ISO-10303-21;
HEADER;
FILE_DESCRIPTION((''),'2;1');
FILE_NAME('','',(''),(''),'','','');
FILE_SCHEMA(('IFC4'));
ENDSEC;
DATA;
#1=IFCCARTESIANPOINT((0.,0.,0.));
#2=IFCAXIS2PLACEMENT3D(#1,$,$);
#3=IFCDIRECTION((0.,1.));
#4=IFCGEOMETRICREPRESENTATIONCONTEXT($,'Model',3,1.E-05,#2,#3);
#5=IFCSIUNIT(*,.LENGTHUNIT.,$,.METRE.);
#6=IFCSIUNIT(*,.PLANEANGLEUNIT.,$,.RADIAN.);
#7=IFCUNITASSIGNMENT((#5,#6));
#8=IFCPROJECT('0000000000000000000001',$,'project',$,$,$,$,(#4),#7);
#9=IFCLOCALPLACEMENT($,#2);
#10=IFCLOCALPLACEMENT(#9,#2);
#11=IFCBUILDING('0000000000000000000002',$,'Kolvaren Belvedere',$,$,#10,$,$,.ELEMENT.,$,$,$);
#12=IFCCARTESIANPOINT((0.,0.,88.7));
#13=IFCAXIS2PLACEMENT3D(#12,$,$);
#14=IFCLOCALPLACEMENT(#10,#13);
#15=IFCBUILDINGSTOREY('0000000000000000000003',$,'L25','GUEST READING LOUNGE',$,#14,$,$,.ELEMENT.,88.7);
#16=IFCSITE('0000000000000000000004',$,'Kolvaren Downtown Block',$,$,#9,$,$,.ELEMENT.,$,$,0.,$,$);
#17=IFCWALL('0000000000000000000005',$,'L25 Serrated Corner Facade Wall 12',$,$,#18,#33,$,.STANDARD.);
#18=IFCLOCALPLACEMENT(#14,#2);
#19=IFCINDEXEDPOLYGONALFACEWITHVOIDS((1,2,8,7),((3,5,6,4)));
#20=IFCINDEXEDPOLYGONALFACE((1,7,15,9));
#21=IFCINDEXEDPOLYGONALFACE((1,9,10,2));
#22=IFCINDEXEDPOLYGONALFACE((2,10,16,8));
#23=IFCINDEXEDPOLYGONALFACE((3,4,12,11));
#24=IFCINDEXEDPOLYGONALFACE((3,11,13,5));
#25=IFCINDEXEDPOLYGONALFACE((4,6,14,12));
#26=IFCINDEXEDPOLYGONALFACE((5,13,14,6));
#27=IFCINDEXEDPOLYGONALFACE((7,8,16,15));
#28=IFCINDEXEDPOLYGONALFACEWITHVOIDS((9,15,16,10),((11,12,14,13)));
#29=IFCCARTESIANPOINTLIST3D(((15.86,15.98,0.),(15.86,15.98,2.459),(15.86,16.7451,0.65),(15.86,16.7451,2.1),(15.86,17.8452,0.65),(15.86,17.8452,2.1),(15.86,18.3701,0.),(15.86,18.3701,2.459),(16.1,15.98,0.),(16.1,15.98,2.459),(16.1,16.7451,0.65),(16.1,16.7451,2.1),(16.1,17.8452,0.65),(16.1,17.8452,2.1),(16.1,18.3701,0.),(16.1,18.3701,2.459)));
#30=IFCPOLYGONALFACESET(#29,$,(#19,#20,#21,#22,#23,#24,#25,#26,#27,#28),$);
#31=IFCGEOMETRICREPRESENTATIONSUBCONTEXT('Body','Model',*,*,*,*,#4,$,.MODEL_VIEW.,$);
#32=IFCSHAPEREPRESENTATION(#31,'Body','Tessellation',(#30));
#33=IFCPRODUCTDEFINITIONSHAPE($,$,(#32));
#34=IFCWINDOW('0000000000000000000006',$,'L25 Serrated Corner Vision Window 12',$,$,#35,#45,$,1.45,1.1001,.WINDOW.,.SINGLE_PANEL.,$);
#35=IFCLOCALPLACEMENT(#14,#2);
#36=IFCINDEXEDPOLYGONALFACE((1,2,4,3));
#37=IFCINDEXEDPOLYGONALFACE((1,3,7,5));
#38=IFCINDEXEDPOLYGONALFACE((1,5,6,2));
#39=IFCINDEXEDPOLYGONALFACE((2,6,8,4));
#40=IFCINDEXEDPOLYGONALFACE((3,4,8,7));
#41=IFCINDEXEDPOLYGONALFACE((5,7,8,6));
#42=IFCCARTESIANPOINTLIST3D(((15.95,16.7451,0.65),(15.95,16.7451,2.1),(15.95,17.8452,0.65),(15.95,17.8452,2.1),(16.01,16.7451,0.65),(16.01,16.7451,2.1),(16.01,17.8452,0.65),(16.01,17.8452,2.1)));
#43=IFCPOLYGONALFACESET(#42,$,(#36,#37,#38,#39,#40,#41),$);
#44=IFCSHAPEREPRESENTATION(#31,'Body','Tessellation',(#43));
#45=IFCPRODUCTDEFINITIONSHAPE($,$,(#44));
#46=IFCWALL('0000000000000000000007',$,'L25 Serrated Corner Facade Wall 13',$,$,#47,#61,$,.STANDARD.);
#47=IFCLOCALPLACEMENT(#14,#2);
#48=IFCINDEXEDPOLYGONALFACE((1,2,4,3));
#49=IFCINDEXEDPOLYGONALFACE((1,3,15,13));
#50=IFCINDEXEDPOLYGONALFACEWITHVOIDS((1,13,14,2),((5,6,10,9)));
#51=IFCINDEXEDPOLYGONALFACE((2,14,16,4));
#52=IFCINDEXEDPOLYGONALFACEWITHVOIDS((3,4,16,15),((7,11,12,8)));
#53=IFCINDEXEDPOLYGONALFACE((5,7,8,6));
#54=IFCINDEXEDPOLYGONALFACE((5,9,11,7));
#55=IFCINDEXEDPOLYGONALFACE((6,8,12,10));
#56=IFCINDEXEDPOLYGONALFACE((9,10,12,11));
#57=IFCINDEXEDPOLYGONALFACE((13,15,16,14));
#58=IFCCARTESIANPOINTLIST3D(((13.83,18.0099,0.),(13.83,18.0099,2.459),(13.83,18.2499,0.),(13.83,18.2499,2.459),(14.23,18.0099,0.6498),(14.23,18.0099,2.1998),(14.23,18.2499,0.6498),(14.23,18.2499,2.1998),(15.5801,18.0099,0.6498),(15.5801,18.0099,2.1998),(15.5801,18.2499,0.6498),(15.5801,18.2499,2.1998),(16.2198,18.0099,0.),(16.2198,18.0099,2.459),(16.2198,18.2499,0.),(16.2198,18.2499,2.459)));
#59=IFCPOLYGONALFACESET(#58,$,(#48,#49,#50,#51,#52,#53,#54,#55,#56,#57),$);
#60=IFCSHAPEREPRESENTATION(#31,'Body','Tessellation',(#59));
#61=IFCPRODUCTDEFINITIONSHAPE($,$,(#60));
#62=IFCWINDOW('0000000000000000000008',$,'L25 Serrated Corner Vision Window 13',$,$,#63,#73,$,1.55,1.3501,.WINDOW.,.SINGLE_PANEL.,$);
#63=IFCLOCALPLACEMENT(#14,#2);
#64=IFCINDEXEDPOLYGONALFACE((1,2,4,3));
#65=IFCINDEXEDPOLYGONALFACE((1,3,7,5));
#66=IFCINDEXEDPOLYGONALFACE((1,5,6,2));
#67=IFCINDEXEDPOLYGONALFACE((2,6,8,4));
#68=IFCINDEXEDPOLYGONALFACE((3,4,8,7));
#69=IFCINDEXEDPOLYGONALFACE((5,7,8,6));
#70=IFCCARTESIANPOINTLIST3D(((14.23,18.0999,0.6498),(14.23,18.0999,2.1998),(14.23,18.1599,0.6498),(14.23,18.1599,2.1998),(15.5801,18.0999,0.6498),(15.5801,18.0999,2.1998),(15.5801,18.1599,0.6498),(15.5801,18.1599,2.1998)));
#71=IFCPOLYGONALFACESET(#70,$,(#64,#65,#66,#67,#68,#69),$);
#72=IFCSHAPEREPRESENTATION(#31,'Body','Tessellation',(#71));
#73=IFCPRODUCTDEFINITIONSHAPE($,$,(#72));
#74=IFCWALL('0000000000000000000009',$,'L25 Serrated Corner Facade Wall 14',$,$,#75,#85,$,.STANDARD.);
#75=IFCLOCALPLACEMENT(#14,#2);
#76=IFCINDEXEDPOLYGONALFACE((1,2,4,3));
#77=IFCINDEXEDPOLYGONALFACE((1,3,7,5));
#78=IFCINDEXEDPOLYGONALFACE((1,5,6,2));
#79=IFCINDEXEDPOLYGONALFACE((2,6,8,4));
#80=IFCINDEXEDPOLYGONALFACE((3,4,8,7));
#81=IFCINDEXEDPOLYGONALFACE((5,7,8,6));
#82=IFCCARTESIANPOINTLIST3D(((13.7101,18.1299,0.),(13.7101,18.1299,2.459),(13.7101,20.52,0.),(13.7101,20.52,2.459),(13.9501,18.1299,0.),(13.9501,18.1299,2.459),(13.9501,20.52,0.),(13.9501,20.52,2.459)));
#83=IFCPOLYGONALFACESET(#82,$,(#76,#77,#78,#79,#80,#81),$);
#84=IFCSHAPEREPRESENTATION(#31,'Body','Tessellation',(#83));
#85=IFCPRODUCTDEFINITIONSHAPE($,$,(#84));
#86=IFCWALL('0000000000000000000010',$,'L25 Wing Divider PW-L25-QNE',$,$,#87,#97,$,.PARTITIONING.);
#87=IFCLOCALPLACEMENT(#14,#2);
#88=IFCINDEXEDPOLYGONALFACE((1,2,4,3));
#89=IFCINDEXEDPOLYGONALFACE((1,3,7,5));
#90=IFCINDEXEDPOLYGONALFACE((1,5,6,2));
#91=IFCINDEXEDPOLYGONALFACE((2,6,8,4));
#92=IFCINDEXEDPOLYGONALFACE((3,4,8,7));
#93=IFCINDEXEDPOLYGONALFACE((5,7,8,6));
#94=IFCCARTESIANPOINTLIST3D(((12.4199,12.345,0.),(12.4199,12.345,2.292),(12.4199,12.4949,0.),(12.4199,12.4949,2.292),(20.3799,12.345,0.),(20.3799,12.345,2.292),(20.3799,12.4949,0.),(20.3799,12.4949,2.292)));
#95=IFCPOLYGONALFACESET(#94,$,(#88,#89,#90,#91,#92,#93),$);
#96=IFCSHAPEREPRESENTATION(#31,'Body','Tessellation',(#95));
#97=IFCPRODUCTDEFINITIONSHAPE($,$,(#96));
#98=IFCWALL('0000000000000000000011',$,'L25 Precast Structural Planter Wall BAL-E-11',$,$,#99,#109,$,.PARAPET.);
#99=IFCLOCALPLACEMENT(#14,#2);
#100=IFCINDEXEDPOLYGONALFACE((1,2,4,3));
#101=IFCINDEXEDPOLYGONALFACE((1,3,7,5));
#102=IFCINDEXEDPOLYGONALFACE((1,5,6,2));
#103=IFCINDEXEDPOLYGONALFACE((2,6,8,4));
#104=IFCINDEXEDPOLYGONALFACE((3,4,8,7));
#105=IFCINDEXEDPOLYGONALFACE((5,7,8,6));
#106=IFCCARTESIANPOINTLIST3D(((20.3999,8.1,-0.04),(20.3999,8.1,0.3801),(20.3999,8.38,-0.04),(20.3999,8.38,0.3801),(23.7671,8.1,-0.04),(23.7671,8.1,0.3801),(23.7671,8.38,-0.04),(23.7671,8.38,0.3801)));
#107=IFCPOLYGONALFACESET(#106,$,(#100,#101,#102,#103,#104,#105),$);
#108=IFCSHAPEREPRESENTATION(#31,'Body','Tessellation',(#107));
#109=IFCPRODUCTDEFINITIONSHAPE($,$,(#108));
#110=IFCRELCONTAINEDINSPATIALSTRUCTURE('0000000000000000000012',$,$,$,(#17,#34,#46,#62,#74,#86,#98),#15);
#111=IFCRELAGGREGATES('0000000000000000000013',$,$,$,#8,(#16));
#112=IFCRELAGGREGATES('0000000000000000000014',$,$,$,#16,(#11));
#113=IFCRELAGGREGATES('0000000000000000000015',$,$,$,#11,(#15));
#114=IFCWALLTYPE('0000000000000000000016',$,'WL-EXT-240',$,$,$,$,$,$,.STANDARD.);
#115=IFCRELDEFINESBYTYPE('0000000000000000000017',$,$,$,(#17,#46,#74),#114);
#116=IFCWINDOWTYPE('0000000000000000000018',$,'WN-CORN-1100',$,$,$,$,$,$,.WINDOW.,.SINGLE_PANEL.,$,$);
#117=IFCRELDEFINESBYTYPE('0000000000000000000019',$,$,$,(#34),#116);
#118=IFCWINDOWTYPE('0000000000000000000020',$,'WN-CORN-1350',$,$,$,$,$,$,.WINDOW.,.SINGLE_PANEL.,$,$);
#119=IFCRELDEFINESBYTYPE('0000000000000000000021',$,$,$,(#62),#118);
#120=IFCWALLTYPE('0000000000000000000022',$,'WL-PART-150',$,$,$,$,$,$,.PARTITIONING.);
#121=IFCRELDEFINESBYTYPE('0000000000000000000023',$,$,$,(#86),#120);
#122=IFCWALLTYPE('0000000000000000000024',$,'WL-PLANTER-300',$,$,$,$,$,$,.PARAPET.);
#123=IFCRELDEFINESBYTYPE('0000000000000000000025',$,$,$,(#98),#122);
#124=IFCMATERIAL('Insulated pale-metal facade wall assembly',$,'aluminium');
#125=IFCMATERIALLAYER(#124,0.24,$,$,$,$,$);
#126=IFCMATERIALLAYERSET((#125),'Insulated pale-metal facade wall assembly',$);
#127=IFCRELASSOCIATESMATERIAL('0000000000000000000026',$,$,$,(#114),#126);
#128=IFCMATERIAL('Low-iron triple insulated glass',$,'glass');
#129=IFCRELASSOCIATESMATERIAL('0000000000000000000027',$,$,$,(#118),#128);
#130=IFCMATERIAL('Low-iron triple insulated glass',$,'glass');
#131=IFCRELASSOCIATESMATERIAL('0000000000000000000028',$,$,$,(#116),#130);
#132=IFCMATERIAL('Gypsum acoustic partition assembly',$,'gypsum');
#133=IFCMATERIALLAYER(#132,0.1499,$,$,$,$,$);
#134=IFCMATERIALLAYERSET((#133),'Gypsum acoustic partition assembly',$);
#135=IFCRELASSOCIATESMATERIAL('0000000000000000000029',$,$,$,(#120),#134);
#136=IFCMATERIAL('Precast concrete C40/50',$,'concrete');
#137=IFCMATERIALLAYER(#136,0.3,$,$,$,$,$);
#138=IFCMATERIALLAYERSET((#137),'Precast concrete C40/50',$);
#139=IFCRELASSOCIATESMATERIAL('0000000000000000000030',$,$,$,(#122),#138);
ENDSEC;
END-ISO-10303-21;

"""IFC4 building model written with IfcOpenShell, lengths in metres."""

from ifc_helpers import new_model, si_unit, direction, frame, frame_2d, origin, place, context, subcontext, project, spatial, rectangle, extrude, material, layer, layer_set, type_object, element, fill, save


model = new_model("IFC4")

# Units and contexts
model_context = context("Model", 3, precision=1e-05, world=origin(), true_north=direction((0.0, 1.0)))
body_context = subcontext(model_context, "Body", "Model", "MODEL_VIEW")
ifc_project = project(units=[si_unit("LENGTHUNIT", "METRE"), si_unit("PLANEANGLEUNIT", "RADIAN")], contexts=[model_context])

# Site, building, storey
site_placement = place(None, origin())
site = spatial("IfcSite", under=ifc_project, at=site_placement, Name="Kolvaren Downtown Block", CompositionType="ELEMENT", RefElevation=0.0)
building_placement = place(site_placement, origin())
building = spatial("IfcBuilding", under=site, at=building_placement, Name="Kolvaren Belvedere", CompositionType="ELEMENT")
storey_placement = place(building_placement, frame((0.0, 0.0, 88.7)))
storey = spatial("IfcBuildingStorey", under=building, at=storey_placement, Name="L25", Description="GUEST READING LOUNGE", CompositionType="ELEMENT", Elevation=88.7)

# Shared definitions
ifc_material_1 = material(Name="Insulated pale-metal facade wall assembly", Category="aluminium")
ifc_layer_1 = layer(ifc_material_1, 0.24)
ifc_layer_set_1 = layer_set([ifc_layer_1], Name="Insulated pale-metal facade wall assembly")
wall_type_1 = type_object("IfcWallType", Name="WL-EXT-240", PredefinedType="STANDARD", material=ifc_layer_set_1)

# Walls, openings, windows
ifc_material_2 = material(Name="Low-iron triple insulated glass", Category="glass")
window_type_1 = type_object("IfcWindowType", Name="WN-CORN-1350", PartitioningType="SINGLE_PANEL", PredefinedType="WINDOW", material=ifc_material_2)
ifc_material_3 = material(Name="Low-iron triple insulated glass", Category="glass")
window_type_2 = type_object("IfcWindowType", Name="WN-CORN-1100", PartitioningType="SINGLE_PANEL", PredefinedType="WINDOW", material=ifc_material_3)
wall_1_placement = place(storey_placement, frame((15.98, 18.3701, 0.0), z_axis=(0.0, 0.0, 1.0), x_axis=(0.0, -1.0, 0.0)))
wall_1 = element("IfcWall", 1, at=wall_1_placement, inside=storey, type_object=wall_type_1, Name="L25 Serrated Corner Facade Wall 12", PredefinedType="STANDARD", context=body_context, shape_type="SweptSolid", body=[
    extrude(rectangle(XDim=2.3901, YDim=0.24, at=frame_2d((1.1951, 0.0))), origin(), (0.0, 0.0, 1.0), 2.459),
])
opening_1_placement = place(wall_1_placement, frame((0.5249, 0.0, 0.6499)))
opening_1 = element("IfcOpeningElement", 2, at=opening_1_placement, cuts=wall_1, PredefinedType="OPENING", context=body_context, shape_type="SweptSolid", body=[
    extrude(rectangle(XDim=1.1001, YDim=1.45, at=frame_2d((0.55, 0.7251))), frame((0.0, 0.1299, 0.0), z_axis=(0.0, -1.0, 0.0), x_axis=(1.0, 0.0, 0.0)), (0.0, 0.0, 1.0), 0.26),
])
window_1_placement = place(opening_1_placement, origin())
window_1 = element("IfcWindow", 3, at=window_1_placement, inside=storey, type_object=window_type_2, Name="L25 Serrated Corner Vision Window 12", OverallHeight=1.45, OverallWidth=1.1001, PartitioningType="SINGLE_PANEL", PredefinedType="WINDOW", context=body_context, shape_type="SweptSolid", body=[
    extrude(rectangle(XDim=1.1001, YDim=1.45, at=frame_2d((0.55, 0.7251))), frame((0.0, 0.03, 0.0), z_axis=(0.0, -1.0, 0.0), x_axis=(1.0, 0.0, 0.0)), (0.0, 0.0, 1.0), 0.0601),
])
fill(opening_1, window_1)
wall_2_placement = place(storey_placement, frame((13.8301, 18.1299, 0.0), z_axis=(0.0, 0.0, 1.0), x_axis=(1.0, 0.0, 0.0)))
wall_2 = element("IfcWall", 4, at=wall_2_placement, inside=storey, type_object=wall_type_1, Name="L25 Serrated Corner Facade Wall 13", PredefinedType="STANDARD", context=body_context, shape_type="SweptSolid", body=[
    extrude(rectangle(XDim=2.3899, YDim=0.24, at=frame_2d((1.1948, 0.0))), origin(), (0.0, 0.0, 1.0), 2.459),
])
opening_2_placement = place(wall_2_placement, frame((0.3999, 0.0, 0.6499)))
opening_2 = element("IfcOpeningElement", 5, at=opening_2_placement, cuts=wall_2, PredefinedType="OPENING", context=body_context, shape_type="SweptSolid", body=[
    extrude(rectangle(XDim=1.3501, YDim=1.55, at=frame_2d((0.675, 0.7749))), frame((0.0, 0.1299, 0.0), z_axis=(0.0, -1.0, 0.0), x_axis=(1.0, 0.0, 0.0)), (0.0, 0.0, 1.0), 0.26),
])
window_2_placement = place(opening_2_placement, origin())
window_2 = element("IfcWindow", 6, at=window_2_placement, inside=storey, type_object=window_type_1, Name="L25 Serrated Corner Vision Window 13", OverallHeight=1.55, OverallWidth=1.3501, PartitioningType="SINGLE_PANEL", PredefinedType="WINDOW", context=body_context, shape_type="SweptSolid", body=[
    extrude(rectangle(XDim=1.3501, YDim=1.55, at=frame_2d((0.675, 0.7749))), frame((0.0, 0.03, 0.0), z_axis=(0.0, -1.0, 0.0), x_axis=(1.0, 0.0, 0.0)), (0.0, 0.0, 1.0), 0.0601),
])
fill(opening_2, window_2)

# Walls
wall_3_placement = place(storey_placement, frame((13.8301, 20.52, 0.0), z_axis=(0.0, 0.0, 1.0), x_axis=(0.0, -1.0, 0.0)))
element("IfcWall", 7, at=wall_3_placement, inside=storey, type_object=wall_type_1, Name="L25 Serrated Corner Facade Wall 14", PredefinedType="STANDARD", context=body_context, shape_type="SweptSolid", body=[
    extrude(rectangle(XDim=2.3901, YDim=0.24, at=frame_2d((1.1951, 0.0))), origin(), (0.0, 0.0, 1.0), 2.459),
])
ifc_material_4 = material(Name="Gypsum acoustic partition assembly", Category="gypsum")
ifc_layer_2 = layer(ifc_material_4, 0.1499)
ifc_layer_set_2 = layer_set([ifc_layer_2], Name="Gypsum acoustic partition assembly")
wall_type_2 = type_object("IfcWallType", Name="WL-PART-150", PredefinedType="PARTITIONING", material=ifc_layer_set_2)
wall_4_placement = place(storey_placement, frame((12.4199, 12.4199, 0.0), z_axis=(0.0, 0.0, 1.0), x_axis=(1.0, 0.0, 0.0)))
element("IfcWall", 8, at=wall_4_placement, inside=storey, type_object=wall_type_2, Name="L25 Wing Divider PW-L25-QNE", PredefinedType="PARTITIONING", context=body_context, shape_type="SweptSolid", body=[
    extrude(rectangle(XDim=7.96, YDim=0.1499, at=frame_2d((3.98, 0.0))), origin(), (0.0, 0.0, 1.0), 2.292),
])
ifc_material_5 = material(Name="Precast concrete C40/50", Category="concrete")
ifc_layer_3 = layer(ifc_material_5, 0.3)
ifc_layer_set_3 = layer_set([ifc_layer_3], Name="Precast concrete C40/50")
wall_type_3 = type_object("IfcWallType", Name="WL-PLANTER-300", PredefinedType="PARAPET", material=ifc_layer_set_3)
wall_5_placement = place(storey_placement, frame((23.7671, 8.24, -0.04), z_axis=(0.0, 0.0, 1.0), x_axis=(-1.0, 0.0, 0.0)))
element("IfcWall", 9, at=wall_5_placement, inside=storey, type_object=wall_type_3, Name="L25 Precast Structural Planter Wall BAL-E-11", PredefinedType="PARAPET", context=body_context, shape_type="SweptSolid", body=[
    extrude(rectangle(XDim=3.3672, YDim=0.28, at=frame_2d((1.6836, 0.0))), origin(), (0.0, 0.0, 1.0), 0.4202),
])

save(model, "model.ifc")
